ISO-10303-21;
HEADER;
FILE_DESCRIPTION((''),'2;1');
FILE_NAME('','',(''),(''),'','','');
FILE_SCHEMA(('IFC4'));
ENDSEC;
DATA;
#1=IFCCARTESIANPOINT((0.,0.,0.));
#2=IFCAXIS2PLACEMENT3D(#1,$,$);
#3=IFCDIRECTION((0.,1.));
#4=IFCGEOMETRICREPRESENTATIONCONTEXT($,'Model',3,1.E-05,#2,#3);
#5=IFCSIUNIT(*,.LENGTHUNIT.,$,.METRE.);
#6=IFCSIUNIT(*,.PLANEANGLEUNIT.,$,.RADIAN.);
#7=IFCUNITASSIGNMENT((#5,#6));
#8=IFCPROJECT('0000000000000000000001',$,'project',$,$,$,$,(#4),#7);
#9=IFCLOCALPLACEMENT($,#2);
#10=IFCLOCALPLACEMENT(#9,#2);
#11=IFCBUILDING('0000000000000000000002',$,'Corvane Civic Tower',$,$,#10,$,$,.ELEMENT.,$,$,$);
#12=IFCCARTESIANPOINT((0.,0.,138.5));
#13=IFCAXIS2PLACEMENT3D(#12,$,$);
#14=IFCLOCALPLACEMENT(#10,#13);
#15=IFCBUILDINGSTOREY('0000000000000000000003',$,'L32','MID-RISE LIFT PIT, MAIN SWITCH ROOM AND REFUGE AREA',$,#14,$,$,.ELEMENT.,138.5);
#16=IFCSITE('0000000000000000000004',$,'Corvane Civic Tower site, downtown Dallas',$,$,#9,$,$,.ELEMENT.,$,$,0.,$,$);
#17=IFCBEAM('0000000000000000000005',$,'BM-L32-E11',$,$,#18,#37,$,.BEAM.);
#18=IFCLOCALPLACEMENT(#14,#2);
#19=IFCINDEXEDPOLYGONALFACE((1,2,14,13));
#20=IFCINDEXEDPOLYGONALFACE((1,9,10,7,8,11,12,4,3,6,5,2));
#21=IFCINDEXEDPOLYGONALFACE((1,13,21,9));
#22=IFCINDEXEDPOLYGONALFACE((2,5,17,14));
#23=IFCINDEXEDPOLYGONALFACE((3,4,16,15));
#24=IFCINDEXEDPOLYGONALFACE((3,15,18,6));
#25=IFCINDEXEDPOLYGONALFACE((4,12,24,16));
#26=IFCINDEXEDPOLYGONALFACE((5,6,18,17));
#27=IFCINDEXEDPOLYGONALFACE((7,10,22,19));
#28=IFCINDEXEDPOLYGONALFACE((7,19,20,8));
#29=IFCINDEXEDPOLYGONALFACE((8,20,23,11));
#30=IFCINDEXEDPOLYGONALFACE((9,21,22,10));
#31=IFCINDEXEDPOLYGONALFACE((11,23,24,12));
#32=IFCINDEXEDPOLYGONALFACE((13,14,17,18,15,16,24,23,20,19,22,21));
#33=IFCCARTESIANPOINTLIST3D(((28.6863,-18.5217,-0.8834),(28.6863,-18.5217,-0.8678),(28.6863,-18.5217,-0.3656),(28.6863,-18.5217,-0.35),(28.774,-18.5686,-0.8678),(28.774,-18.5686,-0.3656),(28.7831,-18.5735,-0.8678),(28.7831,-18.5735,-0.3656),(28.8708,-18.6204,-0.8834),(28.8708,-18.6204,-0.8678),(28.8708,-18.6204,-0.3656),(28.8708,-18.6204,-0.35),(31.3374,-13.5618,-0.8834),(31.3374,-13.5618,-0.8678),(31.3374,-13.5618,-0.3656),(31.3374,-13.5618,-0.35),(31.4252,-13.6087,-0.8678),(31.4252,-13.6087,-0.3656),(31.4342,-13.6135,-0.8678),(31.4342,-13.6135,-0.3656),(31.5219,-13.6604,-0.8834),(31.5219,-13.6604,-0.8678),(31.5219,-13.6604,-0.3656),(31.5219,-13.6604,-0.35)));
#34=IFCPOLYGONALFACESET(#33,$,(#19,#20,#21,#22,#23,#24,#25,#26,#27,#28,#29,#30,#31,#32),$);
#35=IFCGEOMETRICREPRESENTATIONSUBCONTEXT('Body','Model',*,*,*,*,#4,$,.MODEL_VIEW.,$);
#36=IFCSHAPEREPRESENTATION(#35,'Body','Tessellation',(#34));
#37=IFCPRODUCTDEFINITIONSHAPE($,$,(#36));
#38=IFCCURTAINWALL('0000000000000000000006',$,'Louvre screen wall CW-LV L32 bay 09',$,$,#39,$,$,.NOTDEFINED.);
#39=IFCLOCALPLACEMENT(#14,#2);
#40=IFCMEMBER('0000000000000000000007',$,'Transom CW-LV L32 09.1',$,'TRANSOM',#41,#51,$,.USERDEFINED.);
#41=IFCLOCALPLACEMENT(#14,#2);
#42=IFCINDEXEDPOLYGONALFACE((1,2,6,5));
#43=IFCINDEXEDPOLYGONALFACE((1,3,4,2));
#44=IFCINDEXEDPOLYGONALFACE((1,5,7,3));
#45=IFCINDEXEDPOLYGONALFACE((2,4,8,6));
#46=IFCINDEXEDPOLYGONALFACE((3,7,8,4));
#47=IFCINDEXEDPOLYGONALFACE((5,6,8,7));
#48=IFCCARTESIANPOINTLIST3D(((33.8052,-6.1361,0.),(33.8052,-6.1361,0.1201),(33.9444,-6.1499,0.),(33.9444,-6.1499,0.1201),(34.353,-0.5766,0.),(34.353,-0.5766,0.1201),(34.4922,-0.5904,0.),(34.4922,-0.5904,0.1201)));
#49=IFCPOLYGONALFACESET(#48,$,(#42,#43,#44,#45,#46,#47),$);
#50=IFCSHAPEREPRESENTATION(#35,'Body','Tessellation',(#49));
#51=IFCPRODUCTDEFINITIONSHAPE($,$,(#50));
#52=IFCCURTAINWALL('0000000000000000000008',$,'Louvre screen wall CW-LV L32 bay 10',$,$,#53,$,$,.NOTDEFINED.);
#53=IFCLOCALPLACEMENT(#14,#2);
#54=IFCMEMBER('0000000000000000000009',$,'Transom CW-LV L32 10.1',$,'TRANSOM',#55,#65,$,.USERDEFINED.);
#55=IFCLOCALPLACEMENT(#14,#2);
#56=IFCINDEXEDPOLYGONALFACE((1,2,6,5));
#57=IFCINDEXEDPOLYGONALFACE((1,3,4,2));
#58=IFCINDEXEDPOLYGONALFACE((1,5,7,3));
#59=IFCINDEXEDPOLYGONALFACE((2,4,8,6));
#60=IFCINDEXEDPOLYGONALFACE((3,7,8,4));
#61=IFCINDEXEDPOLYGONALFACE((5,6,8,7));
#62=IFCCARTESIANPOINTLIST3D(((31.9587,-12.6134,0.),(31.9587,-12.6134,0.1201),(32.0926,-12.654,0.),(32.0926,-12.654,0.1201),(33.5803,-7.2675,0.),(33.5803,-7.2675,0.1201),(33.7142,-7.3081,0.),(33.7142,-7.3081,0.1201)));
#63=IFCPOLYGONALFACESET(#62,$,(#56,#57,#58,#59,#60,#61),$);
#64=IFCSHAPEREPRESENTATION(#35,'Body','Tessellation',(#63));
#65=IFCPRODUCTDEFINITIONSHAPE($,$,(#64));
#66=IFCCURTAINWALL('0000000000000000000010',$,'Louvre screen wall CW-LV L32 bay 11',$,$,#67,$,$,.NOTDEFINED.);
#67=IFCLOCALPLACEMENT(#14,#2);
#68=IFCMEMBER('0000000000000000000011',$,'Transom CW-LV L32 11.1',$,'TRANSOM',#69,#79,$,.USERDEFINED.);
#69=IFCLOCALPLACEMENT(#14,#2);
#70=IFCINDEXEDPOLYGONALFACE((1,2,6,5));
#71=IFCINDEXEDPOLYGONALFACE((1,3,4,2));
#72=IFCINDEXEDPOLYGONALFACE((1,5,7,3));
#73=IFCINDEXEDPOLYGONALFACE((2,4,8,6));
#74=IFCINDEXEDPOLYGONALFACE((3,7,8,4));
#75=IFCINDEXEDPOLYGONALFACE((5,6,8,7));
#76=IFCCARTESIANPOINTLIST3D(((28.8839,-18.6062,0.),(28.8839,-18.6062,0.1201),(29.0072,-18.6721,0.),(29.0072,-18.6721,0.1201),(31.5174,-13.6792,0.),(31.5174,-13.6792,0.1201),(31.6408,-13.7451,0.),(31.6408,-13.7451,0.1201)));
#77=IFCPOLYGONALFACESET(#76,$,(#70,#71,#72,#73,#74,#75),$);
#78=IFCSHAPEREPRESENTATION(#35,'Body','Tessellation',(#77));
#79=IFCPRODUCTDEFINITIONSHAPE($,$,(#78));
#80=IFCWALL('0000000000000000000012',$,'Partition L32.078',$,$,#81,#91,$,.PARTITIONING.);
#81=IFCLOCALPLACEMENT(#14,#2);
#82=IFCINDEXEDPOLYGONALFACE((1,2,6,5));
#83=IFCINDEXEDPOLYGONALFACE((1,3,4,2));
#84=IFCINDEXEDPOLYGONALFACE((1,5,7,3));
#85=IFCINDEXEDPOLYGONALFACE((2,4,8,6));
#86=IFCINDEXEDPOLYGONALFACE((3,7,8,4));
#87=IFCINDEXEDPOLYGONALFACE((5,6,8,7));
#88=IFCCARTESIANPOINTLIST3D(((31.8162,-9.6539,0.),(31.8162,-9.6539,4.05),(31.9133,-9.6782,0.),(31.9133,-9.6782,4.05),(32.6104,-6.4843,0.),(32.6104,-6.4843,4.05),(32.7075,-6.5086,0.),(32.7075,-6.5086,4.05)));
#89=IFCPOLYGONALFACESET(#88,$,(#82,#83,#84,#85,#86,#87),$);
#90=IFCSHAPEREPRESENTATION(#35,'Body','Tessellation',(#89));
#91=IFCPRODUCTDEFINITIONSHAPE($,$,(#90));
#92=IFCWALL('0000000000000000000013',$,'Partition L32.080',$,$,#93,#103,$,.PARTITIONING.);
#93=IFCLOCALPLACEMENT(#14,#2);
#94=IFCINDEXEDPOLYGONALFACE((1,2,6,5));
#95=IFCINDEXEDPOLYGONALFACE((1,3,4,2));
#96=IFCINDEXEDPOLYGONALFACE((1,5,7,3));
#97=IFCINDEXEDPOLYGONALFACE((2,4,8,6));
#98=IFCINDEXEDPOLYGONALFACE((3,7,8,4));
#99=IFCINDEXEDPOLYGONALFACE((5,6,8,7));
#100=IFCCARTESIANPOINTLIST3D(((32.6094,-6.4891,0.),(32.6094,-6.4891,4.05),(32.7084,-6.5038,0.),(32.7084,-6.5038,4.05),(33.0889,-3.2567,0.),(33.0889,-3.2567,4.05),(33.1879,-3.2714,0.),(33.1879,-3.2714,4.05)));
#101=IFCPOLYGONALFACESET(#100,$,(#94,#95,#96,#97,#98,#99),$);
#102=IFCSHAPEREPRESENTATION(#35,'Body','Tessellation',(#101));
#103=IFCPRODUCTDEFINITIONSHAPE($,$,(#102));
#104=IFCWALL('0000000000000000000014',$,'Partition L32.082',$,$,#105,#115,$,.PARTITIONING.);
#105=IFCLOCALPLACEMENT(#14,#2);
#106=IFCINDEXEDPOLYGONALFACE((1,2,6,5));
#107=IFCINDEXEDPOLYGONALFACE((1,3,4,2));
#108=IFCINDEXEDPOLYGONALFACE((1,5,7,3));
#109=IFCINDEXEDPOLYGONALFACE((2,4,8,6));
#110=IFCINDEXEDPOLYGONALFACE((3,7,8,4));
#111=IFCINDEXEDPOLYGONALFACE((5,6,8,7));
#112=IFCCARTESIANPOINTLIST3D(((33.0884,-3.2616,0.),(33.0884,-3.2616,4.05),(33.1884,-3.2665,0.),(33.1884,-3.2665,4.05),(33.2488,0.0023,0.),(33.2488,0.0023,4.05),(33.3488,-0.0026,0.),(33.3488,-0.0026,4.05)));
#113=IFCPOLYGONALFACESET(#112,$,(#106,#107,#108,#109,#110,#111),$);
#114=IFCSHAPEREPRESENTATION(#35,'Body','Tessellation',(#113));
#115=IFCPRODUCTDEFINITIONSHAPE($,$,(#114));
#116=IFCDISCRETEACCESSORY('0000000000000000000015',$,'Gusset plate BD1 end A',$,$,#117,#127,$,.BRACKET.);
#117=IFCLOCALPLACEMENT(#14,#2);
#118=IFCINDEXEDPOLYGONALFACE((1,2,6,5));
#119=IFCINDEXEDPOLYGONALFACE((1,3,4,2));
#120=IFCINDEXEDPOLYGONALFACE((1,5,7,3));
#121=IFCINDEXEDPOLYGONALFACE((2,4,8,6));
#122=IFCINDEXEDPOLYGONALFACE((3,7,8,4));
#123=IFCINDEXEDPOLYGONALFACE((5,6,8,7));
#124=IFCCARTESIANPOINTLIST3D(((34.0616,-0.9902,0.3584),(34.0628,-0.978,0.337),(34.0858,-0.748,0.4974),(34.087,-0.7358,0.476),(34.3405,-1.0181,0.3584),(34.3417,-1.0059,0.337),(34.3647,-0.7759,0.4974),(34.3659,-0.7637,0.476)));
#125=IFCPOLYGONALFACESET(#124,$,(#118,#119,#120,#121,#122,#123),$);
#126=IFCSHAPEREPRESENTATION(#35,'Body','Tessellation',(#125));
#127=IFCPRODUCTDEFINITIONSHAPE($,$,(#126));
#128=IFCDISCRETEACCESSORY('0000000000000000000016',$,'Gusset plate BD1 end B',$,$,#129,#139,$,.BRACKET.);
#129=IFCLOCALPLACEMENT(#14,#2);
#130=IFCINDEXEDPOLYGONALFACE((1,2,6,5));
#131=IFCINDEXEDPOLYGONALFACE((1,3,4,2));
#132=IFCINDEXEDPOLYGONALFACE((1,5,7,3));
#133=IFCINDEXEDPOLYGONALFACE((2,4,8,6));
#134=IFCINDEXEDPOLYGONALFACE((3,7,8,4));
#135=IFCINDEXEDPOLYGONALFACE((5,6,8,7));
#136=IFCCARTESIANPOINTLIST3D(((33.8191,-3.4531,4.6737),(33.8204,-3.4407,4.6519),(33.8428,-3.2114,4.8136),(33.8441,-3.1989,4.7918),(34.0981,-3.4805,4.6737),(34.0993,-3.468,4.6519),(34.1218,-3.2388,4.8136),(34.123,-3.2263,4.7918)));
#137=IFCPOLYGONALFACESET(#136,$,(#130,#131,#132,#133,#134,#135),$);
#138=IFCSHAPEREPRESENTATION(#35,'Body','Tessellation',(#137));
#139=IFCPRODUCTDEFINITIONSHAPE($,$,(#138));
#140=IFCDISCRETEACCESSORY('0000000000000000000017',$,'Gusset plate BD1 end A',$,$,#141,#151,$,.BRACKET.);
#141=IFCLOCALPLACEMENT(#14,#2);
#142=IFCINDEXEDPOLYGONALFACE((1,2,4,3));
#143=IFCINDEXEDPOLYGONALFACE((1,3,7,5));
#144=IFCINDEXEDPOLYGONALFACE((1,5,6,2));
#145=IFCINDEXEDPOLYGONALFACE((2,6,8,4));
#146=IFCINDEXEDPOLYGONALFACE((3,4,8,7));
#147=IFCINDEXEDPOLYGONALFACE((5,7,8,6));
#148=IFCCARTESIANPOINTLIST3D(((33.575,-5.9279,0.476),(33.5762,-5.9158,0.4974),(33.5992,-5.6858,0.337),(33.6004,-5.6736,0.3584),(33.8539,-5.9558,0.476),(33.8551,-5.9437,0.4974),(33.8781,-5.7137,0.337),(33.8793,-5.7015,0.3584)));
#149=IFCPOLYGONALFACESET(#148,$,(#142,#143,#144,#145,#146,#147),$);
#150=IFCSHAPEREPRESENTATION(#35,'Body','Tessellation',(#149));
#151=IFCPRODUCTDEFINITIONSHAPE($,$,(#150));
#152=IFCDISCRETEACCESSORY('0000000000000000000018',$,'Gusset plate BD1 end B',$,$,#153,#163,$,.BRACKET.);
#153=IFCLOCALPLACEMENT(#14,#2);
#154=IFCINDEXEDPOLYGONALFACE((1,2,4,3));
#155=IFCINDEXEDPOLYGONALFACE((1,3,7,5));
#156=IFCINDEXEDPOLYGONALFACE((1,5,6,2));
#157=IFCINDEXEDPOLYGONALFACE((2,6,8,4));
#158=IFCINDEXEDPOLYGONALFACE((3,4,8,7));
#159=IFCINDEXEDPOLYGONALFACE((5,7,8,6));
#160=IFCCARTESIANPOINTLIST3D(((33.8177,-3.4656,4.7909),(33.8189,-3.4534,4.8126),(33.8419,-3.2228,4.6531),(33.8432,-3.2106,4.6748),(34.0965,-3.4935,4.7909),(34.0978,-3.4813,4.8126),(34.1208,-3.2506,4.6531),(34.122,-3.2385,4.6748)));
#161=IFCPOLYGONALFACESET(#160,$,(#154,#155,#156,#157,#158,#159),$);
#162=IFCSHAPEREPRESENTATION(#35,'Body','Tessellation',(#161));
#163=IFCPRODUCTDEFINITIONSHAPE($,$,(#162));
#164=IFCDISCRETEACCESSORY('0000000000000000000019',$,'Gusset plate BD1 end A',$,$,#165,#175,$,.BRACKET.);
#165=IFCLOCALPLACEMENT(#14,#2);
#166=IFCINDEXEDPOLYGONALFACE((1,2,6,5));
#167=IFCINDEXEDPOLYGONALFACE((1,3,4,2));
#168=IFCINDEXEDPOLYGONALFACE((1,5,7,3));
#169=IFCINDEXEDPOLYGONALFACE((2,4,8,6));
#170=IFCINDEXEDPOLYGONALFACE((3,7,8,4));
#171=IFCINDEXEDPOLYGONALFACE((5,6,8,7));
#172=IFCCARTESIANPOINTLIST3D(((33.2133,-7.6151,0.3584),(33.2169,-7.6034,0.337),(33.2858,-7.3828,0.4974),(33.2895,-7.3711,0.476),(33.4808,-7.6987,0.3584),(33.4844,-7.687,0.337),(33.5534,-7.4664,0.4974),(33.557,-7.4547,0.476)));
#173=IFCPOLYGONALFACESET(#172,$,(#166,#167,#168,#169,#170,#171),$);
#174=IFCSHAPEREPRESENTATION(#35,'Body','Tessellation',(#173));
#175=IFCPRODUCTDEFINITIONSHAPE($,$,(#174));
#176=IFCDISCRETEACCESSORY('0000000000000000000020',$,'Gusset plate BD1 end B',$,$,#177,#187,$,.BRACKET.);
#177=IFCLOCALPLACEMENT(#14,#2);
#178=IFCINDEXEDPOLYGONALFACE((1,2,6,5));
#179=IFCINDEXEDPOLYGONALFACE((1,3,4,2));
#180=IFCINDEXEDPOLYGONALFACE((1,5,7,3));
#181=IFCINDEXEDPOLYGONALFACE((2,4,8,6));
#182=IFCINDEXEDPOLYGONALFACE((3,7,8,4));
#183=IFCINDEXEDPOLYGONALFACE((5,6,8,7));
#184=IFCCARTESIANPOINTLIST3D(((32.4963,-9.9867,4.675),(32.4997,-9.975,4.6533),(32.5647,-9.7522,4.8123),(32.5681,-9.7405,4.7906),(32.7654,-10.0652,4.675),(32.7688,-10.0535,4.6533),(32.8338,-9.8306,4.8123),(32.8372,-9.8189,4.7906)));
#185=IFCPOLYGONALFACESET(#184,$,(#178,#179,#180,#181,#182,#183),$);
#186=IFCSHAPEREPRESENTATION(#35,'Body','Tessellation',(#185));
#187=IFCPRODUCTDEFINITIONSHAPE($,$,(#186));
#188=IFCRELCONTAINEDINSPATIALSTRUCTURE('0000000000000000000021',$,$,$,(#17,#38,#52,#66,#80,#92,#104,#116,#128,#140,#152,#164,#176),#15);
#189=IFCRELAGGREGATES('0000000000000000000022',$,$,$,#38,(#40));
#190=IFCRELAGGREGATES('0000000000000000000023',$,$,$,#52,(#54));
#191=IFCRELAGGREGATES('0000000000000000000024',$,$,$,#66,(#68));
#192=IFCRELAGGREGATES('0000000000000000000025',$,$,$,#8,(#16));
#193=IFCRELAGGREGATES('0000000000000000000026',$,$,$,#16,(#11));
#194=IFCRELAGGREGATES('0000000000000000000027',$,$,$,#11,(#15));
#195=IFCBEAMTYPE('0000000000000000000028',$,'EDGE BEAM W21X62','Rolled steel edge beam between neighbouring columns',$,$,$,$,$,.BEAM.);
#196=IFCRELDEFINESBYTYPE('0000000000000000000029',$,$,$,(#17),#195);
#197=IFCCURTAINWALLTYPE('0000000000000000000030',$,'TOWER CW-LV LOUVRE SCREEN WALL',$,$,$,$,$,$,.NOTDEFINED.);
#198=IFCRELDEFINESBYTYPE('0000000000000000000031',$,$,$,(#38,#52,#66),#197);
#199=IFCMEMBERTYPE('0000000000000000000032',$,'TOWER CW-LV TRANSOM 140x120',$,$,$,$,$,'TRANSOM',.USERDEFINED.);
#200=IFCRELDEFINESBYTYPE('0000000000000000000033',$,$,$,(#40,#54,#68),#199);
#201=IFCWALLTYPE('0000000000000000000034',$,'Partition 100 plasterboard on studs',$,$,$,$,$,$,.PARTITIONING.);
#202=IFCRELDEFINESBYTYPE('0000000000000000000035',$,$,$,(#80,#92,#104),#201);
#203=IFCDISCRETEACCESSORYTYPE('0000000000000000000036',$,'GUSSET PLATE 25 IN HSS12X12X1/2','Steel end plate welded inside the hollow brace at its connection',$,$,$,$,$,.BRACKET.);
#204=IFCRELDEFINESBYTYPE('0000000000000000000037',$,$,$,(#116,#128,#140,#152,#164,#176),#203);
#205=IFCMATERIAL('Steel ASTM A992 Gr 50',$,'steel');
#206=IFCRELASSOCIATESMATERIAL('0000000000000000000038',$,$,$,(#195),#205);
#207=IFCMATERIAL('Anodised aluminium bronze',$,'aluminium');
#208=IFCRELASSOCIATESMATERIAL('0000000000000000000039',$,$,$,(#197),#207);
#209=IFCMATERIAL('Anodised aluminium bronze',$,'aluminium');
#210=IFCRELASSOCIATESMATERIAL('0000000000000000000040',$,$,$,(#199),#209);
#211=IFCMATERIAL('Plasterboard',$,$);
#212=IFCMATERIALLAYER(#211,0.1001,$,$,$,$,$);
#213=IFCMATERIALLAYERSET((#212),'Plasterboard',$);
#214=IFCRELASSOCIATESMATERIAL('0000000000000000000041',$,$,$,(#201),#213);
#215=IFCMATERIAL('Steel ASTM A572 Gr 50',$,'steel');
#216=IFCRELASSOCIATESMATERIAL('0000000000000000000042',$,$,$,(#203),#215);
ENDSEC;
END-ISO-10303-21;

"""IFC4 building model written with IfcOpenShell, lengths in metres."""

from ifc_helpers import new_model, si_unit, direction, frame, frame_2d, origin, origin_2d, place, context, subcontext, project, spatial, rectangle, i_section, extrude, material, layer, layer_set, material_profile, profile_set, type_object, element, aggregate, save


model = new_model("IFC4")

# Units and contexts
model_context = context("Model", 3, precision=1e-05, world=origin(), true_north=direction((0.0, 1.0)))
body_context = subcontext(model_context, "Body", "Model", "MODEL_VIEW")
ifc_project = project(units=[si_unit("LENGTHUNIT", "METRE"), si_unit("PLANEANGLEUNIT", "RADIAN")], contexts=[model_context])

# Site, building, storey
site_placement = place(None, origin())
site = spatial("IfcSite", under=ifc_project, at=site_placement, Name="Corvane Civic Tower site, downtown Dallas", CompositionType="ELEMENT", RefElevation=0.0)
building_placement = place(site_placement, origin())
building = spatial("IfcBuilding", under=site, at=building_placement, Name="Corvane Civic Tower", CompositionType="ELEMENT")
storey_placement = place(building_placement, frame((0.0, 0.0, 138.5)))
storey = spatial("IfcBuildingStorey", under=building, at=storey_placement, Name="L32", Description="MID-RISE LIFT PIT, MAIN SWITCH ROOM AND REFUGE AREA", CompositionType="ELEMENT", Elevation=138.5)

# Beam
ifc_material_1 = material(Name="Steel ASTM A992 Gr 50", Category="steel")
ifc_material_profile_1 = material_profile(ifc_material_1, i_section(OverallWidth=0.2092, OverallDepth=0.5334, WebThickness=0.0103, FlangeThickness=0.0156, at=origin_2d()), Name="W21X62")
ifc_profile_set_1 = profile_set([ifc_material_profile_1], Name="Steel ASTM A992 Gr 50")
beam_type = type_object("IfcBeamType", Name="EDGE BEAM W21X62", Description="Rolled steel edge beam between neighbouring columns", PredefinedType="BEAM", material=ifc_profile_set_1)
beam_1_placement = place(storey_placement, frame((31.4297, -13.6111, -0.6167), z_axis=(-0.471392, -0.881924, 0.0), x_axis=(0.881924, -0.471392, 0.0)))
element("IfcBeam", 1, at=beam_1_placement, inside=storey, type_object=beam_type, Name="BM-L32-E11", PredefinedType="BEAM", context=body_context, shape_type="SweptSolid", body=[
    extrude(i_section(OverallWidth=0.2092, OverallDepth=0.5334, WebThickness=0.0103, FlangeThickness=0.0156, at=origin_2d()), origin(), (0.0, 0.0, 1.0), 5.624),
])

# Curtain walls, members
ifc_material_2 = material(Name="Anodised aluminium bronze", Category="aluminium")
curtain_wall_type = type_object("IfcCurtainWallType", Name="TOWER CW-LV LOUVRE SCREEN WALL", PredefinedType="NOTDEFINED", material=ifc_material_2)
curtain_wall_1_placement = place(storey_placement, origin())
curtain_wall_1 = element("IfcCurtainWall", 2, at=curtain_wall_1_placement, inside=storey, type_object=curtain_wall_type, Name="Louvre screen wall CW-LV L32 bay 09", PredefinedType="NOTDEFINED")
ifc_material_3 = material(Name="Anodised aluminium bronze", Category="aluminium")
ifc_material_profile_2 = material_profile(ifc_material_3, rectangle(XDim=0.1399, YDim=0.1201, at=origin_2d()), Name="TOWER CW-LV TRANSOM 140x120")
ifc_profile_set_2 = profile_set([ifc_material_profile_2], Name="Anodised aluminium bronze")
member_type_1 = type_object("IfcMemberType", Name="TOWER CW-LV TRANSOM 140x120", ElementType="TRANSOM", PredefinedType="USERDEFINED", material=ifc_profile_set_2)
member_1_placement = place(storey_placement, frame((34.4226, -0.5835, 0.0601), z_axis=(-0.098067, -0.99518, 0.0), x_axis=(0.99518, -0.098067, 0.0)))
member_1 = element("IfcMember", 3, at=member_1_placement, type_object=member_type_1, Name="Transom CW-LV L32 09.1", ObjectType="TRANSOM", PredefinedType="USERDEFINED", context=body_context, shape_type="SweptSolid", body=[
    extrude(rectangle(XDim=0.1399, YDim=0.1201, at=origin_2d()), origin(), (0.0, 0.0, 1.0), 5.5864),
])
curtain_wall_2_placement = place(storey_placement, origin())
curtain_wall_2 = element("IfcCurtainWall", 4, at=curtain_wall_2_placement, inside=storey, type_object=curtain_wall_type, Name="Louvre screen wall CW-LV L32 bay 10", PredefinedType="NOTDEFINED")
member_2_placement = place(storey_placement, frame((33.6472, -7.2878, 0.0601), z_axis=(-0.290269, -0.956945, 0.0), x_axis=(0.956945, -0.290269, 0.0)))
member_2 = element("IfcMember", 5, at=member_2_placement, type_object=member_type_1, Name="Transom CW-LV L32 10.1", ObjectType="TRANSOM", PredefinedType="USERDEFINED", context=body_context, shape_type="SweptSolid", body=[
    extrude(rectangle(XDim=0.1399, YDim=0.1201, at=origin_2d()), origin(), (0.0, 0.0, 1.0), 5.5864),
])
curtain_wall_3_placement = place(storey_placement, origin())
curtain_wall_3 = element("IfcCurtainWall", 6, at=curtain_wall_3_placement, inside=storey, type_object=curtain_wall_type, Name="Louvre screen wall CW-LV L32 bay 11", PredefinedType="NOTDEFINED")
member_3_placement = place(storey_placement, frame((31.5791, -13.7122, 0.0601), z_axis=(-0.471398, -0.881921, 0.0), x_axis=(0.881921, -0.471398, 0.0)))
member_3 = element("IfcMember", 7, at=member_3_placement, type_object=member_type_1, Name="Transom CW-LV L32 11.1", ObjectType="TRANSOM", PredefinedType="USERDEFINED", context=body_context, shape_type="SweptSolid", body=[
    extrude(rectangle(XDim=0.1399, YDim=0.1201, at=origin_2d()), origin(), (0.0, 0.0, 1.0), 5.5867),
])

# Walls
ifc_material_4 = material(Name="Plasterboard")
ifc_layer = layer(ifc_material_4, 0.1001)
ifc_layer_set = layer_set([ifc_layer], Name="Plasterboard")
wall_type = type_object("IfcWallType", Name="Partition 100 plasterboard on studs", PredefinedType="PARTITIONING", material=ifc_layer_set)
wall_placement = place(storey_placement, frame((31.8647, -9.666, 0.0), z_axis=(0.0, 0.0, 1.0), x_axis=(0.243045, 0.970015, 0.0)))
element("IfcWall", 8, at=wall_placement, inside=storey, type_object=wall_type, Name="Partition L32.078", PredefinedType="PARTITIONING", context=body_context, shape_type="SweptSolid", body=[
    extrude(rectangle(XDim=3.2676, YDim=0.1001, at=frame_2d((1.6338, 0.0))), origin(), (0.0, 0.0, 1.0), 4.05),
])
for number, where, z_axis, x_axis, name in (
    (9, (32.6589, -6.4963, 0.0), (0.0, 0.0, 1.0), (0.146733, 0.989176, 0.0), "Partition L32.080"),
    (10, (33.1384, -3.2639, 0.0), (0.0, 0.0, 1.0), (0.049084, 0.998795, 0.0), "Partition L32.082"),
):
    element("IfcWall", number, at=place(storey_placement, frame(where, z_axis=z_axis, x_axis=x_axis)), inside=storey, type_object=wall_type, Name=name, PredefinedType="PARTITIONING", context=body_context, shape_type="SweptSolid", body=[
        extrude(rectangle(XDim=3.2678, YDim=0.1001, at=frame_2d((1.6338, 0.0))), origin(), (0.0, 0.0, 1.0), 4.05),
    ])

aggregate(curtain_wall_1, [member_1])
aggregate(curtain_wall_2, [member_2])
aggregate(curtain_wall_3, [member_3])

# Discrete accessories
ifc_material_5 = material(Name="Steel ASTM A572 Gr 50", Category="steel")
ifc_material_profile_3 = material_profile(ifc_material_5, rectangle(XDim=0.2803, YDim=0.2803, at=origin_2d()), Name="GUSSET PLATE 25 IN HSS12X12X1/2")
ifc_profile_set_3 = profile_set([ifc_material_profile_3], Name="Steel ASTM A572 Gr 50")
discrete_accessory_type = type_object("IfcDiscreteAccessoryType", Name="GUSSET PLATE 25 IN HSS12X12X1/2", Description="Steel end plate welded inside the hollow brace at its connection", PredefinedType="BRACKET", material=ifc_profile_set_3)
discrete_accessory_1_placement = place(storey_placement, frame((34.2144, -0.8708, 0.4065), z_axis=(-0.049341, -0.493408, 0.868398), x_axis=(0.995037, -0.099504, 0.0)))
element("IfcDiscreteAccessory", 11, at=discrete_accessory_1_placement, inside=storey, type_object=discrete_accessory_type, Name="Gusset plate BD1 end A", PredefinedType="BRACKET", context=body_context, shape_type="SweptSolid", body=[
    extrude(rectangle(XDim=0.2803, YDim=0.2803, at=origin_2d()), origin(), (0.0, 0.0, 1.0), 0.0247),
])
discrete_accessory_2_placement = place(storey_placement, frame((33.9705, -3.3459, 4.7437), z_axis=(0.048686, 0.496599, -0.866614), x_axis=(-0.995229, 0.097571, 0.0)))
element("IfcDiscreteAccessory", 12, at=discrete_accessory_2_placement, inside=storey, type_object=discrete_accessory_type, Name="Gusset plate BD1 end B", PredefinedType="BRACKET", context=body_context, shape_type="SweptSolid", body=[
    extrude(rectangle(XDim=0.2803, YDim=0.2803, at=origin_2d()), origin(), (0.0, 0.0, 1.0), 0.0251),
])
discrete_accessory_3_placement = place(storey_placement, frame((33.7266, -5.8208, 0.4065), z_axis=(0.049341, 0.493408, 0.868398), x_axis=(-0.995037, 0.099504, 0.0)))
element("IfcDiscreteAccessory", 13, at=discrete_accessory_3_placement, inside=storey, type_object=discrete_accessory_type, Name="Gusset plate BD1 end A", PredefinedType="BRACKET", context=body_context, shape_type="SweptSolid", body=[
    extrude(rectangle(XDim=0.2803, YDim=0.2803, at=origin_2d()), origin(), (0.0, 0.0, 1.0), 0.0247),
])
discrete_accessory_4_placement = place(storey_placement, frame((33.9705, -3.3459, 4.7437), z_axis=(-0.048921, -0.48921, -0.870793), x_axis=(0.995037, -0.099504, 0.0)))
element("IfcDiscreteAccessory", 14, at=discrete_accessory_4_placement, inside=storey, type_object=discrete_accessory_type, Name="Gusset plate BD1 end B", PredefinedType="BRACKET", context=body_context, shape_type="SweptSolid", body=[
    extrude(rectangle(XDim=0.2803, YDim=0.2803, at=origin_2d()), origin(), (0.0, 0.0, 1.0), 0.0249),
])
discrete_accessory_5_placement = place(storey_placement, frame((33.387, -7.5291, 0.4065), z_axis=(-0.147993, -0.473579, 0.868228), x_axis=(0.95448, -0.298275, 0.0)))
element("IfcDiscreteAccessory", 15, at=discrete_accessory_5_placement, inside=storey, type_object=discrete_accessory_type, Name="Gusset plate BD1 end A", PredefinedType="BRACKET", context=body_context, shape_type="SweptSolid", body=[
    extrude(rectangle(XDim=0.2803, YDim=0.2803, at=origin_2d()), origin(), (0.0, 0.0, 1.0), 0.0247),
])
discrete_accessory_6_placement = place(storey_placement, frame((32.665, -9.9087, 4.7437), z_axis=(0.137143, 0.470204, -0.871837), x_axis=(-0.96, 0.28, 0.0)))
element("IfcDiscreteAccessory", 16, at=discrete_accessory_6_placement, inside=storey, type_object=discrete_accessory_type, Name="Gusset plate BD1 end B", PredefinedType="BRACKET", context=body_context, shape_type="SweptSolid", body=[
    extrude(rectangle(XDim=0.2803, YDim=0.2803, at=origin_2d()), origin(), (0.0, 0.0, 1.0), 0.0249),
])

save(model, "model.ifc")
